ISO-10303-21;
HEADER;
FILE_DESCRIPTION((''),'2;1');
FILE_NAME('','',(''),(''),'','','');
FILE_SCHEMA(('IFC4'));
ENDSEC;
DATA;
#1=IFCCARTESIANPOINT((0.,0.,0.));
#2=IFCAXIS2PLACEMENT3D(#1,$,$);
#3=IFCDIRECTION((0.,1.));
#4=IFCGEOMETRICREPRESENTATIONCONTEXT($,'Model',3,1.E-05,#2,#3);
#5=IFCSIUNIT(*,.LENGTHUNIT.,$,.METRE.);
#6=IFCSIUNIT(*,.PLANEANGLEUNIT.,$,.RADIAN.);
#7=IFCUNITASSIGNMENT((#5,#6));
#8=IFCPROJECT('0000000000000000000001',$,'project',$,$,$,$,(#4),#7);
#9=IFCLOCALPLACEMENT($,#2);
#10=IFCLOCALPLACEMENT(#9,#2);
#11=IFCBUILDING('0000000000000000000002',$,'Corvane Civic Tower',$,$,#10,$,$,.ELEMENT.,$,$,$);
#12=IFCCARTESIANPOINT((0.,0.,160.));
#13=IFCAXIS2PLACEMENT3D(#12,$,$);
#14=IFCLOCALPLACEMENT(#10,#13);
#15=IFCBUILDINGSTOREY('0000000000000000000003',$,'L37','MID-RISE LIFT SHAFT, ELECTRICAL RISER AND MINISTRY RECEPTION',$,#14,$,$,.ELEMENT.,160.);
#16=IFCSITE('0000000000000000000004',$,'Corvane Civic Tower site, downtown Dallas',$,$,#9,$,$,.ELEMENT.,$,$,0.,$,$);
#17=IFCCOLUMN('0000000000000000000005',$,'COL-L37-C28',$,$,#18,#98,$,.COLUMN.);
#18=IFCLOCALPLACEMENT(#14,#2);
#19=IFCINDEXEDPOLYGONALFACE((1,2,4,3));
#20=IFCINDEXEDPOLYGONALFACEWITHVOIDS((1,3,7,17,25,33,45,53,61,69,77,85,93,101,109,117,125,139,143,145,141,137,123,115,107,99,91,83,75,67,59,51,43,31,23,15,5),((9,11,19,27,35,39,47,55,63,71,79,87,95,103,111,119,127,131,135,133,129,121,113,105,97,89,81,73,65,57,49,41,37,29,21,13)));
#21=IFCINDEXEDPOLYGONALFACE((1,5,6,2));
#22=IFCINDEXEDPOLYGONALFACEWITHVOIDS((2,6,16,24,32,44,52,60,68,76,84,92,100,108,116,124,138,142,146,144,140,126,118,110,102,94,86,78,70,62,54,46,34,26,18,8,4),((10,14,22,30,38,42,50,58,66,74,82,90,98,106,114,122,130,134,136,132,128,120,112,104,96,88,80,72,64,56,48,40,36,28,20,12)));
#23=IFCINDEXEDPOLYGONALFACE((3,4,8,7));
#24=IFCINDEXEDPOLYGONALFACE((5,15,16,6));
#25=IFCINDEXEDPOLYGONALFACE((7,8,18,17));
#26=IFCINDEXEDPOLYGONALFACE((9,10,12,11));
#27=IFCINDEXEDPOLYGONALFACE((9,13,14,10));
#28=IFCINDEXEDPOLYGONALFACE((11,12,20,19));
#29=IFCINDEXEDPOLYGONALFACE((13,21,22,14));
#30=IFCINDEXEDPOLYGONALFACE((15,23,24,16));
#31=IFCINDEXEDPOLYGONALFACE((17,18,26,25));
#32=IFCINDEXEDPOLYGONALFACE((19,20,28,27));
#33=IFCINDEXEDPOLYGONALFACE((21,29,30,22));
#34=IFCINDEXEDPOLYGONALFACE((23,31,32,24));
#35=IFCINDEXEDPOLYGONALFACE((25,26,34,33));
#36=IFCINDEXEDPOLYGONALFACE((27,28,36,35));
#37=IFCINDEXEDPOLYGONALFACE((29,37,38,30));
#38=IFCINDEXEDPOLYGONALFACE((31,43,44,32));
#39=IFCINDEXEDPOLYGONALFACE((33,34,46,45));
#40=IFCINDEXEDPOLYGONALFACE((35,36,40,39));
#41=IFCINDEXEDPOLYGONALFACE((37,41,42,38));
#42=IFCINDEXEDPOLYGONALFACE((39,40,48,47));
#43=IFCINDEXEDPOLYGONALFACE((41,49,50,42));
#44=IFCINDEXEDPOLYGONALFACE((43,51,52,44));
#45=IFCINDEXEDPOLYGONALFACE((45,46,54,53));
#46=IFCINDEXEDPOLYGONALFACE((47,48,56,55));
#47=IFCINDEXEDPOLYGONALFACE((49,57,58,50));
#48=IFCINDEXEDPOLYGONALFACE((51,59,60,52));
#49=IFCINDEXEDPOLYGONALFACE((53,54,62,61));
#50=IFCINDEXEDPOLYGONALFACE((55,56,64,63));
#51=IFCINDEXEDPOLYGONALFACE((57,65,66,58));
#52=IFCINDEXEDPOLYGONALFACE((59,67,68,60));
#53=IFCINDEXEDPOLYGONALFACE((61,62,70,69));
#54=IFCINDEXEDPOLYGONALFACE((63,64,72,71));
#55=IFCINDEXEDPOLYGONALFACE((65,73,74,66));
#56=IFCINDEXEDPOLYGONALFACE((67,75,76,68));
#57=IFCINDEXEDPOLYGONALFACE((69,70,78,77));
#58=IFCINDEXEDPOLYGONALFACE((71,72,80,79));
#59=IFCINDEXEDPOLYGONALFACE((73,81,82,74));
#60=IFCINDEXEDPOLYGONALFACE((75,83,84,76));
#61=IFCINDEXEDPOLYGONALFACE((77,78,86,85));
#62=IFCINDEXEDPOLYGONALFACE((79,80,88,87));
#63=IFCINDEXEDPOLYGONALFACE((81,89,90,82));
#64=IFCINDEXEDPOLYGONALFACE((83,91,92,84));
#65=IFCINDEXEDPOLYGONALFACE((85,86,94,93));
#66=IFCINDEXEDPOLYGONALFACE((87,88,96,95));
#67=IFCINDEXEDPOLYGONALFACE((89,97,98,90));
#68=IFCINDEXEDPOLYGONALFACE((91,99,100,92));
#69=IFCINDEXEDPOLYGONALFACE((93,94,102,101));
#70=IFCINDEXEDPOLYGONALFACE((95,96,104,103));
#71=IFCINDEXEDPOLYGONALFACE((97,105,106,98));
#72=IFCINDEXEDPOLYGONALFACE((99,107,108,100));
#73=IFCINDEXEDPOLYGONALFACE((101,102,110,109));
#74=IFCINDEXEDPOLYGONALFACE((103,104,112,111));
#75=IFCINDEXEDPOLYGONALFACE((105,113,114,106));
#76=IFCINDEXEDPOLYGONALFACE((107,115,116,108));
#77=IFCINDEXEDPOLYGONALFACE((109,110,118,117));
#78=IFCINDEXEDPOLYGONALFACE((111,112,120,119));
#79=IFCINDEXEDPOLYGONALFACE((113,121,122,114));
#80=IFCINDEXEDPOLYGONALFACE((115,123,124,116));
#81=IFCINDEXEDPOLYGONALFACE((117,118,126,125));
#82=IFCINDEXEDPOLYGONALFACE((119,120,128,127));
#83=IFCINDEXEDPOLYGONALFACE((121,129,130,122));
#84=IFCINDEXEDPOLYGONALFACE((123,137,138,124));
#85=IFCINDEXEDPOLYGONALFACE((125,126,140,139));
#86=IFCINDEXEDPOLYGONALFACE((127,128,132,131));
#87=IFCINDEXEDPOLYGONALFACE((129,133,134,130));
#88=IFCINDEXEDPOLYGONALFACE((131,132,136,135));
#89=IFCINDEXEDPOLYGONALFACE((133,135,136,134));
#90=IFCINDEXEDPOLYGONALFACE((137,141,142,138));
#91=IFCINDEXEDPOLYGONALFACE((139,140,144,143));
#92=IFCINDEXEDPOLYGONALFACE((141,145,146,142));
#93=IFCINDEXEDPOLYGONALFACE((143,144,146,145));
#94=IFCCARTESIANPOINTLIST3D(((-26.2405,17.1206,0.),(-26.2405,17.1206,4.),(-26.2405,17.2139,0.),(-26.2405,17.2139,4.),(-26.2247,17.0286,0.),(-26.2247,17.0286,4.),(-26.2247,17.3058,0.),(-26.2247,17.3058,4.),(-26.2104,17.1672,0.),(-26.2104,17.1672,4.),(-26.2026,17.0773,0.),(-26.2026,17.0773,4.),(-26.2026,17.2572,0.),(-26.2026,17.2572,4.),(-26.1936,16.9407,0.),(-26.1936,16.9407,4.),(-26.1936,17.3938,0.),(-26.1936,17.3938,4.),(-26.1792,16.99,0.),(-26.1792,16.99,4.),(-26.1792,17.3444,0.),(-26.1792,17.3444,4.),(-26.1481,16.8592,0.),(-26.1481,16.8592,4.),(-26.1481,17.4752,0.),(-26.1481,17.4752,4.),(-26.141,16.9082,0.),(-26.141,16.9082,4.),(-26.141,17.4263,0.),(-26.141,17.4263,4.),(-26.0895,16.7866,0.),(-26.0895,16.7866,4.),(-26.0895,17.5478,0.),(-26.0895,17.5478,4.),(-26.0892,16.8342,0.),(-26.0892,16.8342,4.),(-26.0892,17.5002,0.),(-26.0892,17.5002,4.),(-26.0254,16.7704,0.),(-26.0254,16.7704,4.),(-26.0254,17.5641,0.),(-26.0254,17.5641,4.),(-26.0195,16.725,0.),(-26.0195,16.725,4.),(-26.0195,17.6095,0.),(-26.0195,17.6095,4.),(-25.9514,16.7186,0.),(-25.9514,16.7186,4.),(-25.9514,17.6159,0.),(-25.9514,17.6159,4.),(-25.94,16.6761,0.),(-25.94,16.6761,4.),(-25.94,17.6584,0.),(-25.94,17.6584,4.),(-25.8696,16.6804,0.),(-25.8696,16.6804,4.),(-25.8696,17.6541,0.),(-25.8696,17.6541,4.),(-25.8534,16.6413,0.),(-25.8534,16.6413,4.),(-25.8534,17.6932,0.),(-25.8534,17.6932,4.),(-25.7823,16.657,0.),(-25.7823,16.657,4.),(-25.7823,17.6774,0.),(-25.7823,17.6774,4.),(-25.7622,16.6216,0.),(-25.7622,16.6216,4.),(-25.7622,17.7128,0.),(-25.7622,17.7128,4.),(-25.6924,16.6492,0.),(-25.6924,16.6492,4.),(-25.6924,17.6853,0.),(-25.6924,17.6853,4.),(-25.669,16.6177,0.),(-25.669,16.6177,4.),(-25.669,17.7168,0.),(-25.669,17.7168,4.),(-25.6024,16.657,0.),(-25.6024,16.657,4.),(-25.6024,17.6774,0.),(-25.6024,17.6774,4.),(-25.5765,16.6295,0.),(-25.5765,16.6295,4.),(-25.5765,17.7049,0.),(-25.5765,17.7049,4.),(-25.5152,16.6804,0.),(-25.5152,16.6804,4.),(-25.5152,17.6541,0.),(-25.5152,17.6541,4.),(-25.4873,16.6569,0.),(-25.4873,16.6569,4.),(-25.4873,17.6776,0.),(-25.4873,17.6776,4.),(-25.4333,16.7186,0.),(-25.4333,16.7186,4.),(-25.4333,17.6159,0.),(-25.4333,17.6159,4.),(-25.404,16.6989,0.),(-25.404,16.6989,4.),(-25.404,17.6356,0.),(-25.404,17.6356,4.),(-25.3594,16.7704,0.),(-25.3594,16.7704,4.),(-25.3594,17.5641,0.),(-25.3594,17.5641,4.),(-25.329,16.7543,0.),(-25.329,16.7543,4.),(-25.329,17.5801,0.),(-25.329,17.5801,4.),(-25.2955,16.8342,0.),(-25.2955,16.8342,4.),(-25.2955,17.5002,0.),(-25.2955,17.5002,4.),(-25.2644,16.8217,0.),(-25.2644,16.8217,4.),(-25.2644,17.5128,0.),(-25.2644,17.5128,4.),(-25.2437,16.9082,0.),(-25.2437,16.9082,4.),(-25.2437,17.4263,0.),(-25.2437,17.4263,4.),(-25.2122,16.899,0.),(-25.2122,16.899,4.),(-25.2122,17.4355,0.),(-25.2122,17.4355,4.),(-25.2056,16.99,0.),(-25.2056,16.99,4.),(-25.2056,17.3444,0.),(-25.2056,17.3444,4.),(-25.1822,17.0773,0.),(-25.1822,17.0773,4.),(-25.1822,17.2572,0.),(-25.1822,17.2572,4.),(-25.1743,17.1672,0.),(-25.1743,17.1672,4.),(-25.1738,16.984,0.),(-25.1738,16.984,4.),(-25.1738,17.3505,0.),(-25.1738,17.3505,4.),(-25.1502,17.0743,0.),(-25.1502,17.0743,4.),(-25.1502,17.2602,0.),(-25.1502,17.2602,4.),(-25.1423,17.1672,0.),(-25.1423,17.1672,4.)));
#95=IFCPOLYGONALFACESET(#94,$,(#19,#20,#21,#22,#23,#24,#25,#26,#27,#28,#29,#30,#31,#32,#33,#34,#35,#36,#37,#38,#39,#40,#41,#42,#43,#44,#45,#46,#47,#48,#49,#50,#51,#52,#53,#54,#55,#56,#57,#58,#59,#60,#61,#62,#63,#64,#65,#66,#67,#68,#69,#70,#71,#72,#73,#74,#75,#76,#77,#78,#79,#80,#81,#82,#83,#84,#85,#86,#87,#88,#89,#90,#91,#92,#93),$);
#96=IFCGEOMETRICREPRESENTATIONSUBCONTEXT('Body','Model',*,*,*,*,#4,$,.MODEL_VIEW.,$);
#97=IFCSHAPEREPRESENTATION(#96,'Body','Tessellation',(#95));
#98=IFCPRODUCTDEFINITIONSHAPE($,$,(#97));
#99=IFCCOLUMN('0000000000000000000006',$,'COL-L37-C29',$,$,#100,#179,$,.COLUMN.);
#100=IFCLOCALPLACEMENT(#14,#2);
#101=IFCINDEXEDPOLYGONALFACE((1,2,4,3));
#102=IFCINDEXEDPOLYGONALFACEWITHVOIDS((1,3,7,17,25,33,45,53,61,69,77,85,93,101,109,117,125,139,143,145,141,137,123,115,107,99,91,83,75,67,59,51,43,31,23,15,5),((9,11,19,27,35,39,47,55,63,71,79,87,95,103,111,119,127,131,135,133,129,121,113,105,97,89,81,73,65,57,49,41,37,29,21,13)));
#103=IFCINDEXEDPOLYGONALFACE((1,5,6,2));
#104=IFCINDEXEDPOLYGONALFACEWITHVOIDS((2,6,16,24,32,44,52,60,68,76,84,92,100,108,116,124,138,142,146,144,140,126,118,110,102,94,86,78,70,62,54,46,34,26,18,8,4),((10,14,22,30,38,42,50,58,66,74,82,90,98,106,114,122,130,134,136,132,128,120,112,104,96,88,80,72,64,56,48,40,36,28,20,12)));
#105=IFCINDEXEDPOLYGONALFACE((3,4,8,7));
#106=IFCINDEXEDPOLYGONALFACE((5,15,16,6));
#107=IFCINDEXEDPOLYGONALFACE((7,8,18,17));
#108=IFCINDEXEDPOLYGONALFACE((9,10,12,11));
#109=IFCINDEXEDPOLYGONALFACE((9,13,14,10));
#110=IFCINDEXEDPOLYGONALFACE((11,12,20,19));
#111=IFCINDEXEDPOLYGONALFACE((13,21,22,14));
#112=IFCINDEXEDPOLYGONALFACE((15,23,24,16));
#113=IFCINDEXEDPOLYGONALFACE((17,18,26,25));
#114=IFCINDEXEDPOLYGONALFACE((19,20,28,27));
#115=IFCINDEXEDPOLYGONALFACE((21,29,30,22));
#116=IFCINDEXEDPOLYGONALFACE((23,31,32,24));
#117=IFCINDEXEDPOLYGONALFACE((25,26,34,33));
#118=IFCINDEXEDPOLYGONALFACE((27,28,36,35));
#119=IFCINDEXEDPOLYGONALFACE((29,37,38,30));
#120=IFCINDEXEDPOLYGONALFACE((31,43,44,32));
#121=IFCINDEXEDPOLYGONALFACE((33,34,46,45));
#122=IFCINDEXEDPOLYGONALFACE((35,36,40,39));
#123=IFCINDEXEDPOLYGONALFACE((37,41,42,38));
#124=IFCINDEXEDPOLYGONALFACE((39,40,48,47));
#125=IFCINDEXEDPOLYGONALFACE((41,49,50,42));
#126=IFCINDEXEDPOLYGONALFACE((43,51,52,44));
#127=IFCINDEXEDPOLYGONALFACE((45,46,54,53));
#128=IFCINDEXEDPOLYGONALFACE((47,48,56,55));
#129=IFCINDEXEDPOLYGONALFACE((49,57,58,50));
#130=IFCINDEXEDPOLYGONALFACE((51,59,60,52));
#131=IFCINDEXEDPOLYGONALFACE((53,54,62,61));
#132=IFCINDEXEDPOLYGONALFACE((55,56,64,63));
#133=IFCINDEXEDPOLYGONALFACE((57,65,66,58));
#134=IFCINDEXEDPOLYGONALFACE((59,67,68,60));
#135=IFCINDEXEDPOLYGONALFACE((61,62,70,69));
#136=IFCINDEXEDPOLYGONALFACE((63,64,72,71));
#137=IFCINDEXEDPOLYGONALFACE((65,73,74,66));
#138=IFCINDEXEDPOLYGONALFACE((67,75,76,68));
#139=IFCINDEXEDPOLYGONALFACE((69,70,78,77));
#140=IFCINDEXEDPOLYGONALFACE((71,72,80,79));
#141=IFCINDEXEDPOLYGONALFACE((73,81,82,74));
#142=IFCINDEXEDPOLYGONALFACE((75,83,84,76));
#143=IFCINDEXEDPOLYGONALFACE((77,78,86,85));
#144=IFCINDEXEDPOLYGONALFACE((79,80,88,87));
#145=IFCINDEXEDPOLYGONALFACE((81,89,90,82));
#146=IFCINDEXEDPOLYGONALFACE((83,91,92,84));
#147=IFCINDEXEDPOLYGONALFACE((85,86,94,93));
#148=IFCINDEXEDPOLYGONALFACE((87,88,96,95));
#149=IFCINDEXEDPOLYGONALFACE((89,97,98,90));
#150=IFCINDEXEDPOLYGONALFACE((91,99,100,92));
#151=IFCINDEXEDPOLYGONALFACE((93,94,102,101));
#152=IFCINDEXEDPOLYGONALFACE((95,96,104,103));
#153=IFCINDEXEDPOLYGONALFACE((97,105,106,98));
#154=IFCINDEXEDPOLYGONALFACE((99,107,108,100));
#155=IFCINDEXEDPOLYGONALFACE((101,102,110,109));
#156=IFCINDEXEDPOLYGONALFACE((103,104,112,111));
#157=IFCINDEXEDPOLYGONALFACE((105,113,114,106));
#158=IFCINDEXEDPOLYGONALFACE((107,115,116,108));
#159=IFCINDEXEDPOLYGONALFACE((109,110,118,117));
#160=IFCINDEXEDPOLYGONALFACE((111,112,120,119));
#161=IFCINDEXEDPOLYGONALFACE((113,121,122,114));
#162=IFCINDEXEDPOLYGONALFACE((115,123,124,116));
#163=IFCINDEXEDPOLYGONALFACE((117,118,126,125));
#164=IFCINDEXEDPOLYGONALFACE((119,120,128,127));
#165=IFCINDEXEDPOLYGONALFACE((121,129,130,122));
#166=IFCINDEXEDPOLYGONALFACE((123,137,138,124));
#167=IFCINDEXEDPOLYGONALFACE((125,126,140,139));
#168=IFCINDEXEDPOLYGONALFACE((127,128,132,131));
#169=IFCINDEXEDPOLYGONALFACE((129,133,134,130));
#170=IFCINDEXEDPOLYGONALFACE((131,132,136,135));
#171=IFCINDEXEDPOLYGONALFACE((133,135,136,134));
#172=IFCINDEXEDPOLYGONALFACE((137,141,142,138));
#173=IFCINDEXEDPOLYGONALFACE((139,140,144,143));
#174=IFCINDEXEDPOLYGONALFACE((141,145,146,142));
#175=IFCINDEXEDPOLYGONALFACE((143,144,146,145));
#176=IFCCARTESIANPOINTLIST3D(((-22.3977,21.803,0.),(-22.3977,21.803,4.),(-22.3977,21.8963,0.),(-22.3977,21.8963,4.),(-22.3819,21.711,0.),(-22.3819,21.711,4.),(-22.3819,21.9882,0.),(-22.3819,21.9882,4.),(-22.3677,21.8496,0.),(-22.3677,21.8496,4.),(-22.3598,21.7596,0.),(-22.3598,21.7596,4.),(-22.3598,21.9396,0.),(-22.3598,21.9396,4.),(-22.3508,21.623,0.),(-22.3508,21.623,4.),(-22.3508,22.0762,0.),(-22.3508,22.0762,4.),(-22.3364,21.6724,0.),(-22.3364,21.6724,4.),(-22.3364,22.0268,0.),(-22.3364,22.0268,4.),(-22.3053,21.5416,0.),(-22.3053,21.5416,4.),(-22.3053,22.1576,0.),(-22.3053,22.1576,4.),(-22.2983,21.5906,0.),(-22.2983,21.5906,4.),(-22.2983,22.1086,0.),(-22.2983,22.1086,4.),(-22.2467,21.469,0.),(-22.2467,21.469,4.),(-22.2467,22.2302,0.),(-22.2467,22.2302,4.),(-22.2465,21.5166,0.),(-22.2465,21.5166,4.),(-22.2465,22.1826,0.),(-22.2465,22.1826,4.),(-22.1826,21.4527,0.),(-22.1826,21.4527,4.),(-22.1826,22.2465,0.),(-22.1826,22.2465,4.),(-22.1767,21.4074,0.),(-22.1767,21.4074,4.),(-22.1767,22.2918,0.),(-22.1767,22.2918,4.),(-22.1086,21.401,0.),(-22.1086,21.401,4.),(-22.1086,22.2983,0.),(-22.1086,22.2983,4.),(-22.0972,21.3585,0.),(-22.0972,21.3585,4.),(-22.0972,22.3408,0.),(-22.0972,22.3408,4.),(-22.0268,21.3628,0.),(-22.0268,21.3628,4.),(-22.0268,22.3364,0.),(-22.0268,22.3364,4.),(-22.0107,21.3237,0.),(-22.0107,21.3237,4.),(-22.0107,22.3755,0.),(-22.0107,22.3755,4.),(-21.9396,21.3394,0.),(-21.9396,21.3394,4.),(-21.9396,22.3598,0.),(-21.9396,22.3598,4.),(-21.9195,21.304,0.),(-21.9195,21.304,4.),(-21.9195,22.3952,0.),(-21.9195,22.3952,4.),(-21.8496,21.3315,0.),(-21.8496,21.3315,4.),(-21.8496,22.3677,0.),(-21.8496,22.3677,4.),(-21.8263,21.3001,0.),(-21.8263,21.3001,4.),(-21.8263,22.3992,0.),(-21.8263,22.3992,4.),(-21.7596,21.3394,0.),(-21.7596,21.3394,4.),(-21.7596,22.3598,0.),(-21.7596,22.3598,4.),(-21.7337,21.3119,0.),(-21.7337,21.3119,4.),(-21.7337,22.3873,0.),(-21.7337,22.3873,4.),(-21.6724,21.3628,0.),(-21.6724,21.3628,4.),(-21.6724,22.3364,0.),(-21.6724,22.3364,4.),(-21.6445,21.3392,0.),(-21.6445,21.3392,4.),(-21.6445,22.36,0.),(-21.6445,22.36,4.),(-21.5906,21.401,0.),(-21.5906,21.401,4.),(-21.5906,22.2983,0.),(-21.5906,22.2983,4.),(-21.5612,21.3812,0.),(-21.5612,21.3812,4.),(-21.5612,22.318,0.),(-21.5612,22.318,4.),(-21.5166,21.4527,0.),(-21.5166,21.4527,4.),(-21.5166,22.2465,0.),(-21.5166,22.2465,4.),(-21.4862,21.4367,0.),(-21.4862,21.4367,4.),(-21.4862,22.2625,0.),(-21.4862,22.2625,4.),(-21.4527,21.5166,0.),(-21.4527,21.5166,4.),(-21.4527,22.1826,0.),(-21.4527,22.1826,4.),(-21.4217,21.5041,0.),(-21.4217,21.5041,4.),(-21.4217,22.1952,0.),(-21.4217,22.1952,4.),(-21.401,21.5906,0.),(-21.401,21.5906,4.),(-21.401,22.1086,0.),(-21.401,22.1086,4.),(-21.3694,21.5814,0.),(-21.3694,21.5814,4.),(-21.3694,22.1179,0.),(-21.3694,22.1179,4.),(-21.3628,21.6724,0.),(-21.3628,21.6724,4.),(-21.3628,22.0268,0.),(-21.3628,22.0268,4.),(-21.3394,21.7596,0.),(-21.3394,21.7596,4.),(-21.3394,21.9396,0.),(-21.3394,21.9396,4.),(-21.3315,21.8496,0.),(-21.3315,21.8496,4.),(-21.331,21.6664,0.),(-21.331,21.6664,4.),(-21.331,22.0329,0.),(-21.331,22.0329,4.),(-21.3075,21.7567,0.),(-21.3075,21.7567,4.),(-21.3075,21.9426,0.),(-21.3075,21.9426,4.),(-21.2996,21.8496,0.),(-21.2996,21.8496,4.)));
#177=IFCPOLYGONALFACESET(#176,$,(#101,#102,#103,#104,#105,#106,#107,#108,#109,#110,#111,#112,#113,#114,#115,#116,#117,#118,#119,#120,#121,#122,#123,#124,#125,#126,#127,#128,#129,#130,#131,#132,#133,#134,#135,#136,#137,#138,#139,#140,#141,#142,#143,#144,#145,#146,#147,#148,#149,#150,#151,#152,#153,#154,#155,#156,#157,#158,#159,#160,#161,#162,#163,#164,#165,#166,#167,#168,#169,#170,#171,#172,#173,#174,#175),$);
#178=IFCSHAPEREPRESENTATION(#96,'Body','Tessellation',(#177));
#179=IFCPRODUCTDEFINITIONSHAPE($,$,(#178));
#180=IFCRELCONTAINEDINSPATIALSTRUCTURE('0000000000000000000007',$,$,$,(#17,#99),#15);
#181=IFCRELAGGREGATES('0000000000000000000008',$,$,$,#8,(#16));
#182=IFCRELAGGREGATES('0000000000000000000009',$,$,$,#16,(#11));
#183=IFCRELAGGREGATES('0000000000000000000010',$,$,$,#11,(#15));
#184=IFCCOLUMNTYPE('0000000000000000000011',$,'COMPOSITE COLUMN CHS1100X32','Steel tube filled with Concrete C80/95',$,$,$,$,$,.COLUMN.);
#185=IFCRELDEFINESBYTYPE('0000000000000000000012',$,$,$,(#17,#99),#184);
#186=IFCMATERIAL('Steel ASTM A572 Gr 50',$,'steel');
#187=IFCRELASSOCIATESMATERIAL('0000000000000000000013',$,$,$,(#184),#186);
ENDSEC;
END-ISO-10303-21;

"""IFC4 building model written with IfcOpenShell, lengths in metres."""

from ifc_helpers import new_model, si_unit, direction, frame, origin, origin_2d, place, context, subcontext, project, spatial, hollow_circle, extrude, material, material_profile, profile_set, type_object, element, save


model = new_model("IFC4")

# Units and contexts
model_context = context("Model", 3, precision=1e-05, world=origin(), true_north=direction((0.0, 1.0)))
body_context = subcontext(model_context, "Body", "Model", "MODEL_VIEW")
ifc_project = project(units=[si_unit("LENGTHUNIT", "METRE"), si_unit("PLANEANGLEUNIT", "RADIAN")], contexts=[model_context])

# Site, building, storey
site_placement = place(None, origin())
site = spatial("IfcSite", under=ifc_project, at=site_placement, Name="Corvane Civic Tower site, downtown Dallas", CompositionType="ELEMENT", RefElevation=0.0)
building_placement = place(site_placement, origin())
building = spatial("IfcBuilding", under=site, at=building_placement, Name="Corvane Civic Tower", CompositionType="ELEMENT")
storey_placement = place(building_placement, frame((0.0, 0.0, 160.0)))
storey = spatial("IfcBuildingStorey", under=building, at=storey_placement, Name="L37", Description="MID-RISE LIFT SHAFT, ELECTRICAL RISER AND MINISTRY RECEPTION", CompositionType="ELEMENT", Elevation=160.0)

# Columns
ifc_material_1 = material(Name="Steel ASTM A572 Gr 50", Category="steel")
ifc_material_profile_1 = material_profile(ifc_material_1, hollow_circle(Radius=0.55, WallThickness=0.032, at=origin_2d()), Name="CHS1100X32")
ifc_profile_set_1 = profile_set([ifc_material_profile_1], Name="Steel ASTM A572 Gr 50")
column_type = type_object("IfcColumnType", Name="COMPOSITE COLUMN CHS1100X32", Description="Steel tube filled with Concrete C80/95", PredefinedType="COLUMN", material=ifc_profile_set_1)
for number, where, z_axis, x_axis, name in (
    (1, (-25.6924, 17.1672, 0.0), (0.0, 0.0, 1.0), (1.0, 0.0, 0.0), "COL-L37-C28"),
    (2, (-21.8496, 21.8496, 0.0), (0.0, 0.0, 1.0), (1.0, 0.0, 0.0), "COL-L37-C29"),
):
    element("IfcColumn", number, at=place(storey_placement, frame(where, z_axis=z_axis, x_axis=x_axis)), inside=storey, type_object=column_type, Name=name, PredefinedType="COLUMN", context=body_context, shape_type="SweptSolid", body=[
        extrude(hollow_circle(Radius=0.55, WallThickness=0.032, at=origin_2d()), origin(), (0.0, 0.0, 1.0), 4.0),
    ])

save(model, "model.ifc")
